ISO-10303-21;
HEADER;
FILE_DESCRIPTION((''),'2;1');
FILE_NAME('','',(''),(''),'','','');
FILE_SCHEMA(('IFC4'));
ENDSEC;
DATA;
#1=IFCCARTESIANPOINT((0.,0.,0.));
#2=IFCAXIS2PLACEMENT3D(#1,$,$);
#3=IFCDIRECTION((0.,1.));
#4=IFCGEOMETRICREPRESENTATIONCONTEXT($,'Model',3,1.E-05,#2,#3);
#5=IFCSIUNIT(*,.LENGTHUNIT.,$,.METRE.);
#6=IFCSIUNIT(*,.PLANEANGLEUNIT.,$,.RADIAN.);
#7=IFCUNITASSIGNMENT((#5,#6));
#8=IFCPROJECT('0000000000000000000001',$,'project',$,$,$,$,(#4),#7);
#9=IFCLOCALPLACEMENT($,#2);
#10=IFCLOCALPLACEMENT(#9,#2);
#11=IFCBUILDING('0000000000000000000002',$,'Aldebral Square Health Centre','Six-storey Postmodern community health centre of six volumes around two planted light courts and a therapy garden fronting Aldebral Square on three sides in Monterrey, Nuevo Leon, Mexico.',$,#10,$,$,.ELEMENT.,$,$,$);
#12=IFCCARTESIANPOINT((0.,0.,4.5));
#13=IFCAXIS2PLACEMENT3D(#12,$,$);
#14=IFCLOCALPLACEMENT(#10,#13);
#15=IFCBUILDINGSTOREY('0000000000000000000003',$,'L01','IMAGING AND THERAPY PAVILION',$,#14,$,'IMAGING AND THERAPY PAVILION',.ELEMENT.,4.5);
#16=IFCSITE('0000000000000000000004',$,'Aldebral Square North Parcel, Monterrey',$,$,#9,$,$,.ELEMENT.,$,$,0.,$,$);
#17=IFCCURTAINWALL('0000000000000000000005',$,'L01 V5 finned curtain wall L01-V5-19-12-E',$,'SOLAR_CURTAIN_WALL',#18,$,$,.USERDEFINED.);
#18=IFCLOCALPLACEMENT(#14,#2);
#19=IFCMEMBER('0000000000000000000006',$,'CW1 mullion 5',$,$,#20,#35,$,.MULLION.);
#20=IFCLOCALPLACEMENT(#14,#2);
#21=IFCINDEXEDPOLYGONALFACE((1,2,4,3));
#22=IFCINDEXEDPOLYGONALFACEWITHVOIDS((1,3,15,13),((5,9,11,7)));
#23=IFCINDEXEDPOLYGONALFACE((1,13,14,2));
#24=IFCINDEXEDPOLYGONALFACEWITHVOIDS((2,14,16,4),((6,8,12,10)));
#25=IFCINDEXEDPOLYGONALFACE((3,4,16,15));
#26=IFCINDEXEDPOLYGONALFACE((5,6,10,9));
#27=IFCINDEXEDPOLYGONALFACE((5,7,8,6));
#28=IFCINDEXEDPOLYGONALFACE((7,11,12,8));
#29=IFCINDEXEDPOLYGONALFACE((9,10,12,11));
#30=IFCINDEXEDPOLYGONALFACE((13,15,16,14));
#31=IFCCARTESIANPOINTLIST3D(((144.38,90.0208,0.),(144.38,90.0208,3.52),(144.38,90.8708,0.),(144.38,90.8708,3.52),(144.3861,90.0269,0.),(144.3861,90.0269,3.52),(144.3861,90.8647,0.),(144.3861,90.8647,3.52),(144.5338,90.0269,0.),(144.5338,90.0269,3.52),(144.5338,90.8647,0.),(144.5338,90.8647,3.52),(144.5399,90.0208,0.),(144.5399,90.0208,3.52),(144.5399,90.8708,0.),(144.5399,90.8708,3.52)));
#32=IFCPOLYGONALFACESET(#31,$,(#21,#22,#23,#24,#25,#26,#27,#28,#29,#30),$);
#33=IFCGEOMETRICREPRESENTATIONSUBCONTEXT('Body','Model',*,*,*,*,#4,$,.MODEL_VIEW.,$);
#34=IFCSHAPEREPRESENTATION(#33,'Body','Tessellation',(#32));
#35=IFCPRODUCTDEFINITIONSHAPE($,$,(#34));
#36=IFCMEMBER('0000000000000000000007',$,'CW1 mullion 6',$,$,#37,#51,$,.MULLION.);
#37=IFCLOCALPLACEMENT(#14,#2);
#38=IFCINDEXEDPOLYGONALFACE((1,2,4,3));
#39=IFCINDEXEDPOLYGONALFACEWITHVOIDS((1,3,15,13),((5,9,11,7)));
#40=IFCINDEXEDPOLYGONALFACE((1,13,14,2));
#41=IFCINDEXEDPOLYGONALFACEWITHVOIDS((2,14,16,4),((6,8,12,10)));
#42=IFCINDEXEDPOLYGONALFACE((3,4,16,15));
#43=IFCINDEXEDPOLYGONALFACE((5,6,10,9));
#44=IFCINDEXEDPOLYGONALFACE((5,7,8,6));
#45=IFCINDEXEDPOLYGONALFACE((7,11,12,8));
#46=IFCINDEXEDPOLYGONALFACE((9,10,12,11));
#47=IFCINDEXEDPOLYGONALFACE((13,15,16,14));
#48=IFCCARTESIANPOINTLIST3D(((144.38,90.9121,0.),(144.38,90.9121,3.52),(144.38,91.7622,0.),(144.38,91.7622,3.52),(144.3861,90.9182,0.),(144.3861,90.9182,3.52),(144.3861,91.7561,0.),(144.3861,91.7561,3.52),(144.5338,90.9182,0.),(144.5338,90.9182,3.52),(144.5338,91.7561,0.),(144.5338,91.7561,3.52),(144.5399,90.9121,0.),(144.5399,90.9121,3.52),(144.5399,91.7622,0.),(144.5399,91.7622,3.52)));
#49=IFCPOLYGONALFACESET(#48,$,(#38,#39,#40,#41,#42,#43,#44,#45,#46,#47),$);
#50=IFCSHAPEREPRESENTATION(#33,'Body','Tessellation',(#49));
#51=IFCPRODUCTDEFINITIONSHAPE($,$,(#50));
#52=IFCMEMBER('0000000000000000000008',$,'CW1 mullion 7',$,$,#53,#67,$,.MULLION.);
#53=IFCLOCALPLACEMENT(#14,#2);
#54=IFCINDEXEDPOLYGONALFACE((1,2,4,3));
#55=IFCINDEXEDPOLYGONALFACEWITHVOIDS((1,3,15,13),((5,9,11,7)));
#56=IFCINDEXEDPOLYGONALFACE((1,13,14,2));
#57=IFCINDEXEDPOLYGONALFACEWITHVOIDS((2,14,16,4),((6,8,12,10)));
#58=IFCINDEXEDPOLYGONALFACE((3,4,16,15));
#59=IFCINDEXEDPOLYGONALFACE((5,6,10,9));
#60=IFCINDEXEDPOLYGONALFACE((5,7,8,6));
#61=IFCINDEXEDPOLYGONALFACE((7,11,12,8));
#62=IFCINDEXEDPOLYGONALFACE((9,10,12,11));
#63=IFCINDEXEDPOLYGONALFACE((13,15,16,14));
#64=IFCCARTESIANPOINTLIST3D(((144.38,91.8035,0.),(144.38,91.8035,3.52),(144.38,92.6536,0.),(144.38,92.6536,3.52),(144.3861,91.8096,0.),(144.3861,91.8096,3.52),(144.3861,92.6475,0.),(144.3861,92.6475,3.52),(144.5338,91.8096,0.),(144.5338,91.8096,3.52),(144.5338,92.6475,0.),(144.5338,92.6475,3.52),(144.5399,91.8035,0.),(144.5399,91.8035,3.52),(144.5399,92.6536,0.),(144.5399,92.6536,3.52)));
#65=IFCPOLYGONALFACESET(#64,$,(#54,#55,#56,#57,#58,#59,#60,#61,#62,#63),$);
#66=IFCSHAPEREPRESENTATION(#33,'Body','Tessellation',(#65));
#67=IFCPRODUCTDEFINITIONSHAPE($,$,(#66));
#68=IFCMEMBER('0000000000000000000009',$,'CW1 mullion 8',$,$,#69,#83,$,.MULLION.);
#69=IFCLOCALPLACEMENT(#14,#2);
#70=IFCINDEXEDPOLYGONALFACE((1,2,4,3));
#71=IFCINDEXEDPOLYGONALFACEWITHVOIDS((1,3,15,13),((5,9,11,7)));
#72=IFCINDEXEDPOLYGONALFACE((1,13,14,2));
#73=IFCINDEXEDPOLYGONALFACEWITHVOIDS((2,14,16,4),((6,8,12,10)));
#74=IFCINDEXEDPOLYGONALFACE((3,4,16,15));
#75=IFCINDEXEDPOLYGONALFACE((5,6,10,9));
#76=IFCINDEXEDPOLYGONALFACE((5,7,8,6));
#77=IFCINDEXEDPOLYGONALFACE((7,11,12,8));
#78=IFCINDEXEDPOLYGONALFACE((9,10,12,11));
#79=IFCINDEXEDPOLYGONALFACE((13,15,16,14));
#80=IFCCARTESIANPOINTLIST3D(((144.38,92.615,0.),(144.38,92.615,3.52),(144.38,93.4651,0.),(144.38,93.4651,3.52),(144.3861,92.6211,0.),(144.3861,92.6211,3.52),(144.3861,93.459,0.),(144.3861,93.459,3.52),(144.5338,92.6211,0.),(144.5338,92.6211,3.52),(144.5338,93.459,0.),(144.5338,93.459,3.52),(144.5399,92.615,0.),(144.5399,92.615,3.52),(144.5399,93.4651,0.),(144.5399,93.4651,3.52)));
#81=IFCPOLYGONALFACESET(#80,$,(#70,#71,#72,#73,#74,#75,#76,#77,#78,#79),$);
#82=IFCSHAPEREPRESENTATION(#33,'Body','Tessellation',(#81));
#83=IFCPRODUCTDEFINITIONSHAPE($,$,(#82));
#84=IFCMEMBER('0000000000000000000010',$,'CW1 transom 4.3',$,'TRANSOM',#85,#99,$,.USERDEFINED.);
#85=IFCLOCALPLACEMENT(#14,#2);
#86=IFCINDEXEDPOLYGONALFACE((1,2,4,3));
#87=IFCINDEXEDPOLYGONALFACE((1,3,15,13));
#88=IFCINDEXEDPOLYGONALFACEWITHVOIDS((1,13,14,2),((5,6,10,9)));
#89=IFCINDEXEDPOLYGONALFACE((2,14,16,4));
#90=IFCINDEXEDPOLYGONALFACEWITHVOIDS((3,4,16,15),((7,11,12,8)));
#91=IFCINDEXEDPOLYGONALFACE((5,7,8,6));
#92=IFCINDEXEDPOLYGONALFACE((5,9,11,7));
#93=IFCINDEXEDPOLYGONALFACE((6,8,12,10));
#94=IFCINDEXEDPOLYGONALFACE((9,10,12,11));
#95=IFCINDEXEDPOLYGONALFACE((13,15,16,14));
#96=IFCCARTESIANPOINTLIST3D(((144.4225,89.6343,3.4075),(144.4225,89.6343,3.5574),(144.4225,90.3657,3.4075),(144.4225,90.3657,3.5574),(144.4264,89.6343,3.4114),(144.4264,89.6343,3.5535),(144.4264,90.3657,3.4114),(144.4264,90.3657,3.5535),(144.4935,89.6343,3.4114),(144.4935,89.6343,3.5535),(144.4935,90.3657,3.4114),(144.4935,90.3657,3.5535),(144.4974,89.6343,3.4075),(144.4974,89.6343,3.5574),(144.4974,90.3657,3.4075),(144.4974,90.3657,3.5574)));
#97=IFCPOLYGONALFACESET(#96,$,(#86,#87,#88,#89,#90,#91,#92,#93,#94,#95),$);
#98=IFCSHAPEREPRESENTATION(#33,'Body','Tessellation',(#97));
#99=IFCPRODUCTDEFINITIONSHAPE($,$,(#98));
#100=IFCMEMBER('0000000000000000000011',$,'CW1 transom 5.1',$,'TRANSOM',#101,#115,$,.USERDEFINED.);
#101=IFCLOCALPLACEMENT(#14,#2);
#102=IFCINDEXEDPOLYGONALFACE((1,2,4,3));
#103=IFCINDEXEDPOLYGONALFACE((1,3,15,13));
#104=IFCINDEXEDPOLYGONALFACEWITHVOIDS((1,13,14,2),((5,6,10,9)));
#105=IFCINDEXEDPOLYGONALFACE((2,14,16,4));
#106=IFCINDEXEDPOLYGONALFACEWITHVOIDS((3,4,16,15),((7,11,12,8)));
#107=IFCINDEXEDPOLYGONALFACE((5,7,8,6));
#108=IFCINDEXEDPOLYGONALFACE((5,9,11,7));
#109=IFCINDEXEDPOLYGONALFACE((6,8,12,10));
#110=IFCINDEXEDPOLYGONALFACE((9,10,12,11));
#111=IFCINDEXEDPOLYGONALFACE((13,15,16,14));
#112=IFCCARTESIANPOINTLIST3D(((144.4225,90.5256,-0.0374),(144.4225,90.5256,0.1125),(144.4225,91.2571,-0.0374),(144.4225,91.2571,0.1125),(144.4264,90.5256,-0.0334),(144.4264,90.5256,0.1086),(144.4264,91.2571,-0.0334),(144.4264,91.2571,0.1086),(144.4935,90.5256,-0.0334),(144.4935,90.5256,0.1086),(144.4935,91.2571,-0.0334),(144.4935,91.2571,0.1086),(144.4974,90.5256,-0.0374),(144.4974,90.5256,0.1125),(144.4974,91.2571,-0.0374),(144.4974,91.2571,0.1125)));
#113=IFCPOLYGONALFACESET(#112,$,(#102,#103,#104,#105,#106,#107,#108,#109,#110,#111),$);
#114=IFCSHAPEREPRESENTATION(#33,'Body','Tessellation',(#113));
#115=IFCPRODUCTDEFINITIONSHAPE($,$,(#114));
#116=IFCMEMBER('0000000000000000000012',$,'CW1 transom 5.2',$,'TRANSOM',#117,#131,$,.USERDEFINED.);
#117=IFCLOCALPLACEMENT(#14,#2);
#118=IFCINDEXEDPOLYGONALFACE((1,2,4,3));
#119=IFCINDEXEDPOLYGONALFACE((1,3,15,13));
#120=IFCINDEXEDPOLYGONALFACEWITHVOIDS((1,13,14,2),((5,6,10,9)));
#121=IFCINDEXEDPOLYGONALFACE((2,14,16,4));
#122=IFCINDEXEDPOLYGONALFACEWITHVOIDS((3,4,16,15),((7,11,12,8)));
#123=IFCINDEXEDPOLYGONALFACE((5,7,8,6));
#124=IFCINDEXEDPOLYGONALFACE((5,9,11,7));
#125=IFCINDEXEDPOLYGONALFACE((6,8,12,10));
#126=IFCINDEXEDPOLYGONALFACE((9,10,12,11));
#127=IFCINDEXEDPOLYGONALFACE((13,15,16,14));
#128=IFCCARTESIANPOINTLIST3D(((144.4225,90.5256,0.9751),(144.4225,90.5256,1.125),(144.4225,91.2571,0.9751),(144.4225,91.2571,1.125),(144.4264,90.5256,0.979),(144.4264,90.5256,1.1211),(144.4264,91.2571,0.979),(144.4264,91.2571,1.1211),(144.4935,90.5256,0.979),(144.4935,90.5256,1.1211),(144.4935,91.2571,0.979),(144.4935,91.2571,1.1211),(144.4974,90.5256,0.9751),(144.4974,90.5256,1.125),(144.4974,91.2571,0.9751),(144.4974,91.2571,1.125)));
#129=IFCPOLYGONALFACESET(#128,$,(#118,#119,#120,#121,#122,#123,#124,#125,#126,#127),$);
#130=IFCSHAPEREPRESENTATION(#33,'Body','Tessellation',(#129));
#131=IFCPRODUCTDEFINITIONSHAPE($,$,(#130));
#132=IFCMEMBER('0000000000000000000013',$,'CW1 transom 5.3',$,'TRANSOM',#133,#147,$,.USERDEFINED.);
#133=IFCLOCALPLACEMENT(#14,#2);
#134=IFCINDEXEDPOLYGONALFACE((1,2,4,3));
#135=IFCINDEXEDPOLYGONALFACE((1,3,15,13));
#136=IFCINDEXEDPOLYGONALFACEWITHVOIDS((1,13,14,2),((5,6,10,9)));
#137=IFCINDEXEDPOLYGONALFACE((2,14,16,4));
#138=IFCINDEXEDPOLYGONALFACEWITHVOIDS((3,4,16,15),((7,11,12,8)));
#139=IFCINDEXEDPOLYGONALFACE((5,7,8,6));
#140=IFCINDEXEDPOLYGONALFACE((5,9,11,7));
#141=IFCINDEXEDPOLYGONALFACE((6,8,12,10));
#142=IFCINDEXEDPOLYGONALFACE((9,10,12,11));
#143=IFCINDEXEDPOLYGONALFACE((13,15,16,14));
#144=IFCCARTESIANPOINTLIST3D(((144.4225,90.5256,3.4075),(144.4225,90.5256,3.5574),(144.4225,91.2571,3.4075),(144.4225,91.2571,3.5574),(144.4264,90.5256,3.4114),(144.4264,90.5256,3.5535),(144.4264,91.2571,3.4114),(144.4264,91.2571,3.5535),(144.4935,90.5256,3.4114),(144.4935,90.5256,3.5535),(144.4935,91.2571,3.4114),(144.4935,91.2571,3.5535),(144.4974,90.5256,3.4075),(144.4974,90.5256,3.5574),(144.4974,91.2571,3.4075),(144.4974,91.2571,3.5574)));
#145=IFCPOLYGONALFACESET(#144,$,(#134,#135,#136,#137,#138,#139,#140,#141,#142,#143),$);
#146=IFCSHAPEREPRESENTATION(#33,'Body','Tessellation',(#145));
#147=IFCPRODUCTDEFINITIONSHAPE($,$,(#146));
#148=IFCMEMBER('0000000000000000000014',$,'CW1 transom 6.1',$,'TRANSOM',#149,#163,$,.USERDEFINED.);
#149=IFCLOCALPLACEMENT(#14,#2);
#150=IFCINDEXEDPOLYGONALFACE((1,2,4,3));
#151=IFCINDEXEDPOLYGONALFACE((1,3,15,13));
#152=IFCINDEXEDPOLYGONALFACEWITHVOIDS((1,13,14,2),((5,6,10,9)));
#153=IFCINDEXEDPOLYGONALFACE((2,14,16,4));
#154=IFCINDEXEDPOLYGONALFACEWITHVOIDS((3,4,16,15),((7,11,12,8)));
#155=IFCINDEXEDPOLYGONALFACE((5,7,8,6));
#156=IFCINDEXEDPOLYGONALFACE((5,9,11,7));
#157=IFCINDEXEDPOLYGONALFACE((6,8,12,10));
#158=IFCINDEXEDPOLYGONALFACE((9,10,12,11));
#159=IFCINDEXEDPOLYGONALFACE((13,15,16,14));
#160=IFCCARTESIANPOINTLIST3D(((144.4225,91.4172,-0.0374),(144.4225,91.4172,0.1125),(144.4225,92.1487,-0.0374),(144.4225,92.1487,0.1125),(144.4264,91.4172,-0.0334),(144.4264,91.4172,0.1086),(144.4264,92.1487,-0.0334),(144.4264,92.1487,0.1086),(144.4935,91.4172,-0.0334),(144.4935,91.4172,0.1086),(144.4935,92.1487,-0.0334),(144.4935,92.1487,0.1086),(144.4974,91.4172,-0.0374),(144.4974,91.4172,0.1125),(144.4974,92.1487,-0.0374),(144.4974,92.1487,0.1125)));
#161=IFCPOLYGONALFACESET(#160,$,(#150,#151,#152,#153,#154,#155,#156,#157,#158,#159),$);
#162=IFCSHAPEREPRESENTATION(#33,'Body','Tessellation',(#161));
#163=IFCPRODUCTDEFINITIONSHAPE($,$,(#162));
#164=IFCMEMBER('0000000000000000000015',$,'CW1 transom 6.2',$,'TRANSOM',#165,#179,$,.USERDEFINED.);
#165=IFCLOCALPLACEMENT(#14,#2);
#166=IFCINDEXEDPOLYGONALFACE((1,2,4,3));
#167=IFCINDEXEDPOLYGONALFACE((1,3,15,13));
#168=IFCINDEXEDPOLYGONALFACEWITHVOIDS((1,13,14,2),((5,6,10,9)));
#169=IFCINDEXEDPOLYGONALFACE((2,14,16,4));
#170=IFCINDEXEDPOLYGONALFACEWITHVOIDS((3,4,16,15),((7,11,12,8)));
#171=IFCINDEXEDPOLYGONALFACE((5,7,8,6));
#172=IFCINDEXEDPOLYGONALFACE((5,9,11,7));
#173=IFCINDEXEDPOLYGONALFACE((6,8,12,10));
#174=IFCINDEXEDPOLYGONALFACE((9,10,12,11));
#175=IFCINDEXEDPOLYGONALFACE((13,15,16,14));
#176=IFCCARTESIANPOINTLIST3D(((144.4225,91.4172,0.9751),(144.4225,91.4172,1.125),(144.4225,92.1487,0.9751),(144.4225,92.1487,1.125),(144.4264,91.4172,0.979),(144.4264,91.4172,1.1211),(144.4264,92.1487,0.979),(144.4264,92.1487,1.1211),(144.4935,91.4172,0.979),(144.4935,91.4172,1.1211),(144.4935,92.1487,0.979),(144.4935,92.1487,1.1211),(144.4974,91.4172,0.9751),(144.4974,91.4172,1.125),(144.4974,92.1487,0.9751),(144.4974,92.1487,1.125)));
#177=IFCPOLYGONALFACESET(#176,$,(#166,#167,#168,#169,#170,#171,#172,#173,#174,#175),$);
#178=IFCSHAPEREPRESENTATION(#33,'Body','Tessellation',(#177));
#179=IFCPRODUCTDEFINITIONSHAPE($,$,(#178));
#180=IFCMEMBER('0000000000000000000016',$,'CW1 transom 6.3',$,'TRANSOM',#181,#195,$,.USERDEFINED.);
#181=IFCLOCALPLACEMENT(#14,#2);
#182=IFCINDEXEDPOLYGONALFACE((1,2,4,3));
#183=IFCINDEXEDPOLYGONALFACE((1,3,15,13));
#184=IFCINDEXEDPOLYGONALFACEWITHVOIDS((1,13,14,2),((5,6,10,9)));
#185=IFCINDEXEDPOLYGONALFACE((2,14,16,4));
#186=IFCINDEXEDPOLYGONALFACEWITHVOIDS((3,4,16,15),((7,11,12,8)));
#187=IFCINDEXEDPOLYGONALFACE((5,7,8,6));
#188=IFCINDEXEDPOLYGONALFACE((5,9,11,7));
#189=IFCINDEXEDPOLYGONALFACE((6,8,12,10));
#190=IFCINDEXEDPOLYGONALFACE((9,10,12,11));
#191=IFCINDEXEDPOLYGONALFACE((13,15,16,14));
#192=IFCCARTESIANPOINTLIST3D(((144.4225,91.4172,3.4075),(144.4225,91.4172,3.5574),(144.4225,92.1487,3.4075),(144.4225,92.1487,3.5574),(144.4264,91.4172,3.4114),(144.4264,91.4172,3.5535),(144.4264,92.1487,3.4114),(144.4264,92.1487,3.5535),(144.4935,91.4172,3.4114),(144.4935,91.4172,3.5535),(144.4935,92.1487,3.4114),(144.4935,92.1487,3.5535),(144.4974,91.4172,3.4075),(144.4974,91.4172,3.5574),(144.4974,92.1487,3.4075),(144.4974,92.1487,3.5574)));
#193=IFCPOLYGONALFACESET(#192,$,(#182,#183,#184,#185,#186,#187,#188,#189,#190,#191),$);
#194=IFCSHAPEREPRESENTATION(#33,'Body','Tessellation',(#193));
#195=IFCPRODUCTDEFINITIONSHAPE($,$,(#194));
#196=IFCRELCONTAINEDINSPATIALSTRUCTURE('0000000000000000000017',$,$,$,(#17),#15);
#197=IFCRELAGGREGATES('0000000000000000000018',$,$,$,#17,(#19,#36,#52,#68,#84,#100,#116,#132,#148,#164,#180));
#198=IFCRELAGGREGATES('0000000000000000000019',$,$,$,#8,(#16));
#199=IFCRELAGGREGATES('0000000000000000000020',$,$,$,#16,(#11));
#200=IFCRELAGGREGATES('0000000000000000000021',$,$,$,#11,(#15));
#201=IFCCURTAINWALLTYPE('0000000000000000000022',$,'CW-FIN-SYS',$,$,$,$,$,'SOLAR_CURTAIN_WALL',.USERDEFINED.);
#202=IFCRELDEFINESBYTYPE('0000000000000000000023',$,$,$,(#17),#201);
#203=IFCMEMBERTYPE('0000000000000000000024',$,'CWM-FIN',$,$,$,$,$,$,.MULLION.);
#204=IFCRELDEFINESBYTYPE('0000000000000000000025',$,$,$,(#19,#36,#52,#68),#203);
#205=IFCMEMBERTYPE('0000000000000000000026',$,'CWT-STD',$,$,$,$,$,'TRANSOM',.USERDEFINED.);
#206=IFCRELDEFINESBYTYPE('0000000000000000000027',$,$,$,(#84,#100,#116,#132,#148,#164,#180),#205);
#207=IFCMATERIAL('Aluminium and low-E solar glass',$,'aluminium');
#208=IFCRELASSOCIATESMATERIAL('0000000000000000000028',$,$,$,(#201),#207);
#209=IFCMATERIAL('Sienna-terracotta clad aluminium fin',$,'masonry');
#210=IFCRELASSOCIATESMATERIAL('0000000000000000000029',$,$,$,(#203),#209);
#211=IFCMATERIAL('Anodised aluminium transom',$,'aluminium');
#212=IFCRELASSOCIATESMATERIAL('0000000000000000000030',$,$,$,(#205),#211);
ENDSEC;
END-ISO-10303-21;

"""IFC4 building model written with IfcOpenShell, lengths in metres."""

from ifc_helpers import new_model, si_unit, direction, frame, origin, origin_2d, place, context, subcontext, project, spatial, hollow_rectangle, extrude, material, material_profile, profile_set, type_object, element, aggregate, save


model = new_model("IFC4")

# Units and contexts
model_context = context("Model", 3, precision=1e-05, world=origin(), true_north=direction((0.0, 1.0)))
body_context = subcontext(model_context, "Body", "Model", "MODEL_VIEW")
ifc_project = project(units=[si_unit("LENGTHUNIT", "METRE"), si_unit("PLANEANGLEUNIT", "RADIAN")], contexts=[model_context])

# Site, building, storey
site_placement = place(None, origin())
site = spatial("IfcSite", under=ifc_project, at=site_placement, Name="Aldebral Square North Parcel, Monterrey", CompositionType="ELEMENT", RefElevation=0.0)
building_placement = place(site_placement, origin())
building = spatial("IfcBuilding", under=site, at=building_placement, Name="Aldebral Square Health Centre", Description="Six-storey Postmodern community health centre of six volumes around two planted light courts and a therapy garden fronting Aldebral Square on three sides in Monterrey, Nuevo Leon, Mexico.", CompositionType="ELEMENT")
storey_placement = place(building_placement, frame((0.0, 0.0, 4.5)))
storey = spatial("IfcBuildingStorey", under=building, at=storey_placement, Name="L01", Description="IMAGING AND THERAPY PAVILION", LongName="IMAGING AND THERAPY PAVILION", CompositionType="ELEMENT", Elevation=4.5)

# Curtain wall, members
ifc_material_1 = material(Name="Aluminium and low-E solar glass", Category="aluminium")
curtain_wall_type = type_object("IfcCurtainWallType", Name="CW-FIN-SYS", ElementType="SOLAR_CURTAIN_WALL", PredefinedType="USERDEFINED", material=ifc_material_1)
curtain_wall_placement = place(storey_placement, origin())
curtain_wall = element("IfcCurtainWall", 1, at=curtain_wall_placement, inside=storey, type_object=curtain_wall_type, Name="L01 V5 finned curtain wall L01-V5-19-12-E", ObjectType="SOLAR_CURTAIN_WALL", PredefinedType="USERDEFINED")
ifc_material_2 = material(Name="Sienna-terracotta clad aluminium fin", Category="masonry")
ifc_material_profile_1 = material_profile(ifc_material_2, hollow_rectangle(XDim=0.1599, YDim=0.8501, WallThickness=0.0061, at=origin_2d()), Name="FIN 160x850x6")
ifc_profile_set_1 = profile_set([ifc_material_profile_1], Name="Sienna-terracotta clad aluminium fin")
member_type_1 = type_object("IfcMemberType", Name="CWM-FIN", PredefinedType="MULLION", material=ifc_profile_set_1)
member_1_placement = place(storey_placement, frame((144.46, 90.4458, 0.0), z_axis=(0.0, 0.0, 1.0), x_axis=(-1.0, 0.0, 0.0)))
member_1 = element("IfcMember", 2, at=member_1_placement, type_object=member_type_1, Name="CW1 mullion 5", PredefinedType="MULLION", context=body_context, shape_type="SweptSolid", body=[
    extrude(hollow_rectangle(XDim=0.1599, YDim=0.8501, WallThickness=0.0061, at=origin_2d()), origin(), (0.0, 0.0, 1.0), 3.52),
])
member_2_placement = place(storey_placement, frame((144.46, 91.3372, 0.0), z_axis=(0.0, 0.0, 1.0), x_axis=(-1.0, 0.0, 0.0)))
member_2 = element("IfcMember", 3, at=member_2_placement, type_object=member_type_1, Name="CW1 mullion 6", PredefinedType="MULLION", context=body_context, shape_type="SweptSolid", body=[
    extrude(hollow_rectangle(XDim=0.1599, YDim=0.8501, WallThickness=0.0061, at=origin_2d()), origin(), (0.0, 0.0, 1.0), 3.52),
])
member_3_placement = place(storey_placement, frame((144.46, 92.2285, 0.0), z_axis=(0.0, 0.0, 1.0), x_axis=(-1.0, 0.0, 0.0)))
member_3 = element("IfcMember", 4, at=member_3_placement, type_object=member_type_1, Name="CW1 mullion 7", PredefinedType="MULLION", context=body_context, shape_type="SweptSolid", body=[
    extrude(hollow_rectangle(XDim=0.1599, YDim=0.8501, WallThickness=0.0061, at=origin_2d()), origin(), (0.0, 0.0, 1.0), 3.52),
])
member_4_placement = place(storey_placement, frame((144.46, 93.04, 0.0), z_axis=(0.0, 0.0, 1.0), x_axis=(-1.0, 0.0, 0.0)))
member_4 = element("IfcMember", 5, at=member_4_placement, type_object=member_type_1, Name="CW1 mullion 8", PredefinedType="MULLION", context=body_context, shape_type="SweptSolid", body=[
    extrude(hollow_rectangle(XDim=0.1599, YDim=0.8501, WallThickness=0.0061, at=origin_2d()), origin(), (0.0, 0.0, 1.0), 3.52),
])
ifc_material_3 = material(Name="Anodised aluminium transom", Category="aluminium")
ifc_material_profile_2 = material_profile(ifc_material_3, hollow_rectangle(XDim=0.075, YDim=0.1499, WallThickness=0.0039, at=origin_2d()), Name="CWT 75x150x4")
ifc_profile_set_2 = profile_set([ifc_material_profile_2], Name="Anodised aluminium transom")
member_type_2 = type_object("IfcMemberType", Name="CWT-STD", ElementType="TRANSOM", PredefinedType="USERDEFINED", material=ifc_profile_set_2)
member_5_placement = place(storey_placement, frame((144.46, 89.6343, 3.4824), z_axis=(0.0, 1.0, 0.0), x_axis=(-1.0, 0.0, 0.0)))
member_5 = element("IfcMember", 6, at=member_5_placement, type_object=member_type_2, Name="CW1 transom 4.3", ObjectType="TRANSOM", PredefinedType="USERDEFINED", context=body_context, shape_type="SweptSolid", body=[
    extrude(hollow_rectangle(XDim=0.075, YDim=0.1499, WallThickness=0.0039, at=origin_2d()), origin(), (0.0, 0.0, 1.0), 0.7314),
])
member_6_placement = place(storey_placement, frame((144.46, 90.5256, 0.0376), z_axis=(0.0, 1.0, 0.0), x_axis=(-1.0, 0.0, 0.0)))
member_6 = element("IfcMember", 7, at=member_6_placement, type_object=member_type_2, Name="CW1 transom 5.1", ObjectType="TRANSOM", PredefinedType="USERDEFINED", context=body_context, shape_type="SweptSolid", body=[
    extrude(hollow_rectangle(XDim=0.075, YDim=0.1499, WallThickness=0.0039, at=origin_2d()), origin(), (0.0, 0.0, 1.0), 0.7314),
])
member_7_placement = place(storey_placement, frame((144.46, 90.5256, 1.05), z_axis=(0.0, 1.0, 0.0), x_axis=(-1.0, 0.0, 0.0)))
member_7 = element("IfcMember", 8, at=member_7_placement, type_object=member_type_2, Name="CW1 transom 5.2", ObjectType="TRANSOM", PredefinedType="USERDEFINED", context=body_context, shape_type="SweptSolid", body=[
    extrude(hollow_rectangle(XDim=0.075, YDim=0.1499, WallThickness=0.0039, at=origin_2d()), origin(), (0.0, 0.0, 1.0), 0.7314),
])
member_8_placement = place(storey_placement, frame((144.46, 90.5256, 3.4824), z_axis=(0.0, 1.0, 0.0), x_axis=(-1.0, 0.0, 0.0)))
member_8 = element("IfcMember", 9, at=member_8_placement, type_object=member_type_2, Name="CW1 transom 5.3", ObjectType="TRANSOM", PredefinedType="USERDEFINED", context=body_context, shape_type="SweptSolid", body=[
    extrude(hollow_rectangle(XDim=0.075, YDim=0.1499, WallThickness=0.0039, at=origin_2d()), origin(), (0.0, 0.0, 1.0), 0.7314),
])
member_9_placement = place(storey_placement, frame((144.46, 91.4172, 0.0376), z_axis=(0.0, 1.0, 0.0), x_axis=(-1.0, 0.0, 0.0)))
member_9 = element("IfcMember", 10, at=member_9_placement, type_object=member_type_2, Name="CW1 transom 6.1", ObjectType="TRANSOM", PredefinedType="USERDEFINED", context=body_context, shape_type="SweptSolid", body=[
    extrude(hollow_rectangle(XDim=0.075, YDim=0.1499, WallThickness=0.0039, at=origin_2d()), origin(), (0.0, 0.0, 1.0), 0.7314),
])
member_10_placement = place(storey_placement, frame((144.46, 91.4172, 1.05), z_axis=(0.0, 1.0, 0.0), x_axis=(-1.0, 0.0, 0.0)))
member_10 = element("IfcMember", 11, at=member_10_placement, type_object=member_type_2, Name="CW1 transom 6.2", ObjectType="TRANSOM", PredefinedType="USERDEFINED", context=body_context, shape_type="SweptSolid", body=[
    extrude(hollow_rectangle(XDim=0.075, YDim=0.1499, WallThickness=0.0039, at=origin_2d()), origin(), (0.0, 0.0, 1.0), 0.7314),
])
member_11_placement = place(storey_placement, frame((144.46, 91.4172, 3.4824), z_axis=(0.0, 1.0, 0.0), x_axis=(-1.0, 0.0, 0.0)))
member_11 = element("IfcMember", 12, at=member_11_placement, type_object=member_type_2, Name="CW1 transom 6.3", ObjectType="TRANSOM", PredefinedType="USERDEFINED", context=body_context, shape_type="SweptSolid", body=[
    extrude(hollow_rectangle(XDim=0.075, YDim=0.1499, WallThickness=0.0039, at=origin_2d()), origin(), (0.0, 0.0, 1.0), 0.7314),
])
aggregate(curtain_wall, [member_1, member_2, member_3, member_4, member_5, member_6, member_7, member_8, member_9, member_10, member_11])

save(model, "model.ifc")
